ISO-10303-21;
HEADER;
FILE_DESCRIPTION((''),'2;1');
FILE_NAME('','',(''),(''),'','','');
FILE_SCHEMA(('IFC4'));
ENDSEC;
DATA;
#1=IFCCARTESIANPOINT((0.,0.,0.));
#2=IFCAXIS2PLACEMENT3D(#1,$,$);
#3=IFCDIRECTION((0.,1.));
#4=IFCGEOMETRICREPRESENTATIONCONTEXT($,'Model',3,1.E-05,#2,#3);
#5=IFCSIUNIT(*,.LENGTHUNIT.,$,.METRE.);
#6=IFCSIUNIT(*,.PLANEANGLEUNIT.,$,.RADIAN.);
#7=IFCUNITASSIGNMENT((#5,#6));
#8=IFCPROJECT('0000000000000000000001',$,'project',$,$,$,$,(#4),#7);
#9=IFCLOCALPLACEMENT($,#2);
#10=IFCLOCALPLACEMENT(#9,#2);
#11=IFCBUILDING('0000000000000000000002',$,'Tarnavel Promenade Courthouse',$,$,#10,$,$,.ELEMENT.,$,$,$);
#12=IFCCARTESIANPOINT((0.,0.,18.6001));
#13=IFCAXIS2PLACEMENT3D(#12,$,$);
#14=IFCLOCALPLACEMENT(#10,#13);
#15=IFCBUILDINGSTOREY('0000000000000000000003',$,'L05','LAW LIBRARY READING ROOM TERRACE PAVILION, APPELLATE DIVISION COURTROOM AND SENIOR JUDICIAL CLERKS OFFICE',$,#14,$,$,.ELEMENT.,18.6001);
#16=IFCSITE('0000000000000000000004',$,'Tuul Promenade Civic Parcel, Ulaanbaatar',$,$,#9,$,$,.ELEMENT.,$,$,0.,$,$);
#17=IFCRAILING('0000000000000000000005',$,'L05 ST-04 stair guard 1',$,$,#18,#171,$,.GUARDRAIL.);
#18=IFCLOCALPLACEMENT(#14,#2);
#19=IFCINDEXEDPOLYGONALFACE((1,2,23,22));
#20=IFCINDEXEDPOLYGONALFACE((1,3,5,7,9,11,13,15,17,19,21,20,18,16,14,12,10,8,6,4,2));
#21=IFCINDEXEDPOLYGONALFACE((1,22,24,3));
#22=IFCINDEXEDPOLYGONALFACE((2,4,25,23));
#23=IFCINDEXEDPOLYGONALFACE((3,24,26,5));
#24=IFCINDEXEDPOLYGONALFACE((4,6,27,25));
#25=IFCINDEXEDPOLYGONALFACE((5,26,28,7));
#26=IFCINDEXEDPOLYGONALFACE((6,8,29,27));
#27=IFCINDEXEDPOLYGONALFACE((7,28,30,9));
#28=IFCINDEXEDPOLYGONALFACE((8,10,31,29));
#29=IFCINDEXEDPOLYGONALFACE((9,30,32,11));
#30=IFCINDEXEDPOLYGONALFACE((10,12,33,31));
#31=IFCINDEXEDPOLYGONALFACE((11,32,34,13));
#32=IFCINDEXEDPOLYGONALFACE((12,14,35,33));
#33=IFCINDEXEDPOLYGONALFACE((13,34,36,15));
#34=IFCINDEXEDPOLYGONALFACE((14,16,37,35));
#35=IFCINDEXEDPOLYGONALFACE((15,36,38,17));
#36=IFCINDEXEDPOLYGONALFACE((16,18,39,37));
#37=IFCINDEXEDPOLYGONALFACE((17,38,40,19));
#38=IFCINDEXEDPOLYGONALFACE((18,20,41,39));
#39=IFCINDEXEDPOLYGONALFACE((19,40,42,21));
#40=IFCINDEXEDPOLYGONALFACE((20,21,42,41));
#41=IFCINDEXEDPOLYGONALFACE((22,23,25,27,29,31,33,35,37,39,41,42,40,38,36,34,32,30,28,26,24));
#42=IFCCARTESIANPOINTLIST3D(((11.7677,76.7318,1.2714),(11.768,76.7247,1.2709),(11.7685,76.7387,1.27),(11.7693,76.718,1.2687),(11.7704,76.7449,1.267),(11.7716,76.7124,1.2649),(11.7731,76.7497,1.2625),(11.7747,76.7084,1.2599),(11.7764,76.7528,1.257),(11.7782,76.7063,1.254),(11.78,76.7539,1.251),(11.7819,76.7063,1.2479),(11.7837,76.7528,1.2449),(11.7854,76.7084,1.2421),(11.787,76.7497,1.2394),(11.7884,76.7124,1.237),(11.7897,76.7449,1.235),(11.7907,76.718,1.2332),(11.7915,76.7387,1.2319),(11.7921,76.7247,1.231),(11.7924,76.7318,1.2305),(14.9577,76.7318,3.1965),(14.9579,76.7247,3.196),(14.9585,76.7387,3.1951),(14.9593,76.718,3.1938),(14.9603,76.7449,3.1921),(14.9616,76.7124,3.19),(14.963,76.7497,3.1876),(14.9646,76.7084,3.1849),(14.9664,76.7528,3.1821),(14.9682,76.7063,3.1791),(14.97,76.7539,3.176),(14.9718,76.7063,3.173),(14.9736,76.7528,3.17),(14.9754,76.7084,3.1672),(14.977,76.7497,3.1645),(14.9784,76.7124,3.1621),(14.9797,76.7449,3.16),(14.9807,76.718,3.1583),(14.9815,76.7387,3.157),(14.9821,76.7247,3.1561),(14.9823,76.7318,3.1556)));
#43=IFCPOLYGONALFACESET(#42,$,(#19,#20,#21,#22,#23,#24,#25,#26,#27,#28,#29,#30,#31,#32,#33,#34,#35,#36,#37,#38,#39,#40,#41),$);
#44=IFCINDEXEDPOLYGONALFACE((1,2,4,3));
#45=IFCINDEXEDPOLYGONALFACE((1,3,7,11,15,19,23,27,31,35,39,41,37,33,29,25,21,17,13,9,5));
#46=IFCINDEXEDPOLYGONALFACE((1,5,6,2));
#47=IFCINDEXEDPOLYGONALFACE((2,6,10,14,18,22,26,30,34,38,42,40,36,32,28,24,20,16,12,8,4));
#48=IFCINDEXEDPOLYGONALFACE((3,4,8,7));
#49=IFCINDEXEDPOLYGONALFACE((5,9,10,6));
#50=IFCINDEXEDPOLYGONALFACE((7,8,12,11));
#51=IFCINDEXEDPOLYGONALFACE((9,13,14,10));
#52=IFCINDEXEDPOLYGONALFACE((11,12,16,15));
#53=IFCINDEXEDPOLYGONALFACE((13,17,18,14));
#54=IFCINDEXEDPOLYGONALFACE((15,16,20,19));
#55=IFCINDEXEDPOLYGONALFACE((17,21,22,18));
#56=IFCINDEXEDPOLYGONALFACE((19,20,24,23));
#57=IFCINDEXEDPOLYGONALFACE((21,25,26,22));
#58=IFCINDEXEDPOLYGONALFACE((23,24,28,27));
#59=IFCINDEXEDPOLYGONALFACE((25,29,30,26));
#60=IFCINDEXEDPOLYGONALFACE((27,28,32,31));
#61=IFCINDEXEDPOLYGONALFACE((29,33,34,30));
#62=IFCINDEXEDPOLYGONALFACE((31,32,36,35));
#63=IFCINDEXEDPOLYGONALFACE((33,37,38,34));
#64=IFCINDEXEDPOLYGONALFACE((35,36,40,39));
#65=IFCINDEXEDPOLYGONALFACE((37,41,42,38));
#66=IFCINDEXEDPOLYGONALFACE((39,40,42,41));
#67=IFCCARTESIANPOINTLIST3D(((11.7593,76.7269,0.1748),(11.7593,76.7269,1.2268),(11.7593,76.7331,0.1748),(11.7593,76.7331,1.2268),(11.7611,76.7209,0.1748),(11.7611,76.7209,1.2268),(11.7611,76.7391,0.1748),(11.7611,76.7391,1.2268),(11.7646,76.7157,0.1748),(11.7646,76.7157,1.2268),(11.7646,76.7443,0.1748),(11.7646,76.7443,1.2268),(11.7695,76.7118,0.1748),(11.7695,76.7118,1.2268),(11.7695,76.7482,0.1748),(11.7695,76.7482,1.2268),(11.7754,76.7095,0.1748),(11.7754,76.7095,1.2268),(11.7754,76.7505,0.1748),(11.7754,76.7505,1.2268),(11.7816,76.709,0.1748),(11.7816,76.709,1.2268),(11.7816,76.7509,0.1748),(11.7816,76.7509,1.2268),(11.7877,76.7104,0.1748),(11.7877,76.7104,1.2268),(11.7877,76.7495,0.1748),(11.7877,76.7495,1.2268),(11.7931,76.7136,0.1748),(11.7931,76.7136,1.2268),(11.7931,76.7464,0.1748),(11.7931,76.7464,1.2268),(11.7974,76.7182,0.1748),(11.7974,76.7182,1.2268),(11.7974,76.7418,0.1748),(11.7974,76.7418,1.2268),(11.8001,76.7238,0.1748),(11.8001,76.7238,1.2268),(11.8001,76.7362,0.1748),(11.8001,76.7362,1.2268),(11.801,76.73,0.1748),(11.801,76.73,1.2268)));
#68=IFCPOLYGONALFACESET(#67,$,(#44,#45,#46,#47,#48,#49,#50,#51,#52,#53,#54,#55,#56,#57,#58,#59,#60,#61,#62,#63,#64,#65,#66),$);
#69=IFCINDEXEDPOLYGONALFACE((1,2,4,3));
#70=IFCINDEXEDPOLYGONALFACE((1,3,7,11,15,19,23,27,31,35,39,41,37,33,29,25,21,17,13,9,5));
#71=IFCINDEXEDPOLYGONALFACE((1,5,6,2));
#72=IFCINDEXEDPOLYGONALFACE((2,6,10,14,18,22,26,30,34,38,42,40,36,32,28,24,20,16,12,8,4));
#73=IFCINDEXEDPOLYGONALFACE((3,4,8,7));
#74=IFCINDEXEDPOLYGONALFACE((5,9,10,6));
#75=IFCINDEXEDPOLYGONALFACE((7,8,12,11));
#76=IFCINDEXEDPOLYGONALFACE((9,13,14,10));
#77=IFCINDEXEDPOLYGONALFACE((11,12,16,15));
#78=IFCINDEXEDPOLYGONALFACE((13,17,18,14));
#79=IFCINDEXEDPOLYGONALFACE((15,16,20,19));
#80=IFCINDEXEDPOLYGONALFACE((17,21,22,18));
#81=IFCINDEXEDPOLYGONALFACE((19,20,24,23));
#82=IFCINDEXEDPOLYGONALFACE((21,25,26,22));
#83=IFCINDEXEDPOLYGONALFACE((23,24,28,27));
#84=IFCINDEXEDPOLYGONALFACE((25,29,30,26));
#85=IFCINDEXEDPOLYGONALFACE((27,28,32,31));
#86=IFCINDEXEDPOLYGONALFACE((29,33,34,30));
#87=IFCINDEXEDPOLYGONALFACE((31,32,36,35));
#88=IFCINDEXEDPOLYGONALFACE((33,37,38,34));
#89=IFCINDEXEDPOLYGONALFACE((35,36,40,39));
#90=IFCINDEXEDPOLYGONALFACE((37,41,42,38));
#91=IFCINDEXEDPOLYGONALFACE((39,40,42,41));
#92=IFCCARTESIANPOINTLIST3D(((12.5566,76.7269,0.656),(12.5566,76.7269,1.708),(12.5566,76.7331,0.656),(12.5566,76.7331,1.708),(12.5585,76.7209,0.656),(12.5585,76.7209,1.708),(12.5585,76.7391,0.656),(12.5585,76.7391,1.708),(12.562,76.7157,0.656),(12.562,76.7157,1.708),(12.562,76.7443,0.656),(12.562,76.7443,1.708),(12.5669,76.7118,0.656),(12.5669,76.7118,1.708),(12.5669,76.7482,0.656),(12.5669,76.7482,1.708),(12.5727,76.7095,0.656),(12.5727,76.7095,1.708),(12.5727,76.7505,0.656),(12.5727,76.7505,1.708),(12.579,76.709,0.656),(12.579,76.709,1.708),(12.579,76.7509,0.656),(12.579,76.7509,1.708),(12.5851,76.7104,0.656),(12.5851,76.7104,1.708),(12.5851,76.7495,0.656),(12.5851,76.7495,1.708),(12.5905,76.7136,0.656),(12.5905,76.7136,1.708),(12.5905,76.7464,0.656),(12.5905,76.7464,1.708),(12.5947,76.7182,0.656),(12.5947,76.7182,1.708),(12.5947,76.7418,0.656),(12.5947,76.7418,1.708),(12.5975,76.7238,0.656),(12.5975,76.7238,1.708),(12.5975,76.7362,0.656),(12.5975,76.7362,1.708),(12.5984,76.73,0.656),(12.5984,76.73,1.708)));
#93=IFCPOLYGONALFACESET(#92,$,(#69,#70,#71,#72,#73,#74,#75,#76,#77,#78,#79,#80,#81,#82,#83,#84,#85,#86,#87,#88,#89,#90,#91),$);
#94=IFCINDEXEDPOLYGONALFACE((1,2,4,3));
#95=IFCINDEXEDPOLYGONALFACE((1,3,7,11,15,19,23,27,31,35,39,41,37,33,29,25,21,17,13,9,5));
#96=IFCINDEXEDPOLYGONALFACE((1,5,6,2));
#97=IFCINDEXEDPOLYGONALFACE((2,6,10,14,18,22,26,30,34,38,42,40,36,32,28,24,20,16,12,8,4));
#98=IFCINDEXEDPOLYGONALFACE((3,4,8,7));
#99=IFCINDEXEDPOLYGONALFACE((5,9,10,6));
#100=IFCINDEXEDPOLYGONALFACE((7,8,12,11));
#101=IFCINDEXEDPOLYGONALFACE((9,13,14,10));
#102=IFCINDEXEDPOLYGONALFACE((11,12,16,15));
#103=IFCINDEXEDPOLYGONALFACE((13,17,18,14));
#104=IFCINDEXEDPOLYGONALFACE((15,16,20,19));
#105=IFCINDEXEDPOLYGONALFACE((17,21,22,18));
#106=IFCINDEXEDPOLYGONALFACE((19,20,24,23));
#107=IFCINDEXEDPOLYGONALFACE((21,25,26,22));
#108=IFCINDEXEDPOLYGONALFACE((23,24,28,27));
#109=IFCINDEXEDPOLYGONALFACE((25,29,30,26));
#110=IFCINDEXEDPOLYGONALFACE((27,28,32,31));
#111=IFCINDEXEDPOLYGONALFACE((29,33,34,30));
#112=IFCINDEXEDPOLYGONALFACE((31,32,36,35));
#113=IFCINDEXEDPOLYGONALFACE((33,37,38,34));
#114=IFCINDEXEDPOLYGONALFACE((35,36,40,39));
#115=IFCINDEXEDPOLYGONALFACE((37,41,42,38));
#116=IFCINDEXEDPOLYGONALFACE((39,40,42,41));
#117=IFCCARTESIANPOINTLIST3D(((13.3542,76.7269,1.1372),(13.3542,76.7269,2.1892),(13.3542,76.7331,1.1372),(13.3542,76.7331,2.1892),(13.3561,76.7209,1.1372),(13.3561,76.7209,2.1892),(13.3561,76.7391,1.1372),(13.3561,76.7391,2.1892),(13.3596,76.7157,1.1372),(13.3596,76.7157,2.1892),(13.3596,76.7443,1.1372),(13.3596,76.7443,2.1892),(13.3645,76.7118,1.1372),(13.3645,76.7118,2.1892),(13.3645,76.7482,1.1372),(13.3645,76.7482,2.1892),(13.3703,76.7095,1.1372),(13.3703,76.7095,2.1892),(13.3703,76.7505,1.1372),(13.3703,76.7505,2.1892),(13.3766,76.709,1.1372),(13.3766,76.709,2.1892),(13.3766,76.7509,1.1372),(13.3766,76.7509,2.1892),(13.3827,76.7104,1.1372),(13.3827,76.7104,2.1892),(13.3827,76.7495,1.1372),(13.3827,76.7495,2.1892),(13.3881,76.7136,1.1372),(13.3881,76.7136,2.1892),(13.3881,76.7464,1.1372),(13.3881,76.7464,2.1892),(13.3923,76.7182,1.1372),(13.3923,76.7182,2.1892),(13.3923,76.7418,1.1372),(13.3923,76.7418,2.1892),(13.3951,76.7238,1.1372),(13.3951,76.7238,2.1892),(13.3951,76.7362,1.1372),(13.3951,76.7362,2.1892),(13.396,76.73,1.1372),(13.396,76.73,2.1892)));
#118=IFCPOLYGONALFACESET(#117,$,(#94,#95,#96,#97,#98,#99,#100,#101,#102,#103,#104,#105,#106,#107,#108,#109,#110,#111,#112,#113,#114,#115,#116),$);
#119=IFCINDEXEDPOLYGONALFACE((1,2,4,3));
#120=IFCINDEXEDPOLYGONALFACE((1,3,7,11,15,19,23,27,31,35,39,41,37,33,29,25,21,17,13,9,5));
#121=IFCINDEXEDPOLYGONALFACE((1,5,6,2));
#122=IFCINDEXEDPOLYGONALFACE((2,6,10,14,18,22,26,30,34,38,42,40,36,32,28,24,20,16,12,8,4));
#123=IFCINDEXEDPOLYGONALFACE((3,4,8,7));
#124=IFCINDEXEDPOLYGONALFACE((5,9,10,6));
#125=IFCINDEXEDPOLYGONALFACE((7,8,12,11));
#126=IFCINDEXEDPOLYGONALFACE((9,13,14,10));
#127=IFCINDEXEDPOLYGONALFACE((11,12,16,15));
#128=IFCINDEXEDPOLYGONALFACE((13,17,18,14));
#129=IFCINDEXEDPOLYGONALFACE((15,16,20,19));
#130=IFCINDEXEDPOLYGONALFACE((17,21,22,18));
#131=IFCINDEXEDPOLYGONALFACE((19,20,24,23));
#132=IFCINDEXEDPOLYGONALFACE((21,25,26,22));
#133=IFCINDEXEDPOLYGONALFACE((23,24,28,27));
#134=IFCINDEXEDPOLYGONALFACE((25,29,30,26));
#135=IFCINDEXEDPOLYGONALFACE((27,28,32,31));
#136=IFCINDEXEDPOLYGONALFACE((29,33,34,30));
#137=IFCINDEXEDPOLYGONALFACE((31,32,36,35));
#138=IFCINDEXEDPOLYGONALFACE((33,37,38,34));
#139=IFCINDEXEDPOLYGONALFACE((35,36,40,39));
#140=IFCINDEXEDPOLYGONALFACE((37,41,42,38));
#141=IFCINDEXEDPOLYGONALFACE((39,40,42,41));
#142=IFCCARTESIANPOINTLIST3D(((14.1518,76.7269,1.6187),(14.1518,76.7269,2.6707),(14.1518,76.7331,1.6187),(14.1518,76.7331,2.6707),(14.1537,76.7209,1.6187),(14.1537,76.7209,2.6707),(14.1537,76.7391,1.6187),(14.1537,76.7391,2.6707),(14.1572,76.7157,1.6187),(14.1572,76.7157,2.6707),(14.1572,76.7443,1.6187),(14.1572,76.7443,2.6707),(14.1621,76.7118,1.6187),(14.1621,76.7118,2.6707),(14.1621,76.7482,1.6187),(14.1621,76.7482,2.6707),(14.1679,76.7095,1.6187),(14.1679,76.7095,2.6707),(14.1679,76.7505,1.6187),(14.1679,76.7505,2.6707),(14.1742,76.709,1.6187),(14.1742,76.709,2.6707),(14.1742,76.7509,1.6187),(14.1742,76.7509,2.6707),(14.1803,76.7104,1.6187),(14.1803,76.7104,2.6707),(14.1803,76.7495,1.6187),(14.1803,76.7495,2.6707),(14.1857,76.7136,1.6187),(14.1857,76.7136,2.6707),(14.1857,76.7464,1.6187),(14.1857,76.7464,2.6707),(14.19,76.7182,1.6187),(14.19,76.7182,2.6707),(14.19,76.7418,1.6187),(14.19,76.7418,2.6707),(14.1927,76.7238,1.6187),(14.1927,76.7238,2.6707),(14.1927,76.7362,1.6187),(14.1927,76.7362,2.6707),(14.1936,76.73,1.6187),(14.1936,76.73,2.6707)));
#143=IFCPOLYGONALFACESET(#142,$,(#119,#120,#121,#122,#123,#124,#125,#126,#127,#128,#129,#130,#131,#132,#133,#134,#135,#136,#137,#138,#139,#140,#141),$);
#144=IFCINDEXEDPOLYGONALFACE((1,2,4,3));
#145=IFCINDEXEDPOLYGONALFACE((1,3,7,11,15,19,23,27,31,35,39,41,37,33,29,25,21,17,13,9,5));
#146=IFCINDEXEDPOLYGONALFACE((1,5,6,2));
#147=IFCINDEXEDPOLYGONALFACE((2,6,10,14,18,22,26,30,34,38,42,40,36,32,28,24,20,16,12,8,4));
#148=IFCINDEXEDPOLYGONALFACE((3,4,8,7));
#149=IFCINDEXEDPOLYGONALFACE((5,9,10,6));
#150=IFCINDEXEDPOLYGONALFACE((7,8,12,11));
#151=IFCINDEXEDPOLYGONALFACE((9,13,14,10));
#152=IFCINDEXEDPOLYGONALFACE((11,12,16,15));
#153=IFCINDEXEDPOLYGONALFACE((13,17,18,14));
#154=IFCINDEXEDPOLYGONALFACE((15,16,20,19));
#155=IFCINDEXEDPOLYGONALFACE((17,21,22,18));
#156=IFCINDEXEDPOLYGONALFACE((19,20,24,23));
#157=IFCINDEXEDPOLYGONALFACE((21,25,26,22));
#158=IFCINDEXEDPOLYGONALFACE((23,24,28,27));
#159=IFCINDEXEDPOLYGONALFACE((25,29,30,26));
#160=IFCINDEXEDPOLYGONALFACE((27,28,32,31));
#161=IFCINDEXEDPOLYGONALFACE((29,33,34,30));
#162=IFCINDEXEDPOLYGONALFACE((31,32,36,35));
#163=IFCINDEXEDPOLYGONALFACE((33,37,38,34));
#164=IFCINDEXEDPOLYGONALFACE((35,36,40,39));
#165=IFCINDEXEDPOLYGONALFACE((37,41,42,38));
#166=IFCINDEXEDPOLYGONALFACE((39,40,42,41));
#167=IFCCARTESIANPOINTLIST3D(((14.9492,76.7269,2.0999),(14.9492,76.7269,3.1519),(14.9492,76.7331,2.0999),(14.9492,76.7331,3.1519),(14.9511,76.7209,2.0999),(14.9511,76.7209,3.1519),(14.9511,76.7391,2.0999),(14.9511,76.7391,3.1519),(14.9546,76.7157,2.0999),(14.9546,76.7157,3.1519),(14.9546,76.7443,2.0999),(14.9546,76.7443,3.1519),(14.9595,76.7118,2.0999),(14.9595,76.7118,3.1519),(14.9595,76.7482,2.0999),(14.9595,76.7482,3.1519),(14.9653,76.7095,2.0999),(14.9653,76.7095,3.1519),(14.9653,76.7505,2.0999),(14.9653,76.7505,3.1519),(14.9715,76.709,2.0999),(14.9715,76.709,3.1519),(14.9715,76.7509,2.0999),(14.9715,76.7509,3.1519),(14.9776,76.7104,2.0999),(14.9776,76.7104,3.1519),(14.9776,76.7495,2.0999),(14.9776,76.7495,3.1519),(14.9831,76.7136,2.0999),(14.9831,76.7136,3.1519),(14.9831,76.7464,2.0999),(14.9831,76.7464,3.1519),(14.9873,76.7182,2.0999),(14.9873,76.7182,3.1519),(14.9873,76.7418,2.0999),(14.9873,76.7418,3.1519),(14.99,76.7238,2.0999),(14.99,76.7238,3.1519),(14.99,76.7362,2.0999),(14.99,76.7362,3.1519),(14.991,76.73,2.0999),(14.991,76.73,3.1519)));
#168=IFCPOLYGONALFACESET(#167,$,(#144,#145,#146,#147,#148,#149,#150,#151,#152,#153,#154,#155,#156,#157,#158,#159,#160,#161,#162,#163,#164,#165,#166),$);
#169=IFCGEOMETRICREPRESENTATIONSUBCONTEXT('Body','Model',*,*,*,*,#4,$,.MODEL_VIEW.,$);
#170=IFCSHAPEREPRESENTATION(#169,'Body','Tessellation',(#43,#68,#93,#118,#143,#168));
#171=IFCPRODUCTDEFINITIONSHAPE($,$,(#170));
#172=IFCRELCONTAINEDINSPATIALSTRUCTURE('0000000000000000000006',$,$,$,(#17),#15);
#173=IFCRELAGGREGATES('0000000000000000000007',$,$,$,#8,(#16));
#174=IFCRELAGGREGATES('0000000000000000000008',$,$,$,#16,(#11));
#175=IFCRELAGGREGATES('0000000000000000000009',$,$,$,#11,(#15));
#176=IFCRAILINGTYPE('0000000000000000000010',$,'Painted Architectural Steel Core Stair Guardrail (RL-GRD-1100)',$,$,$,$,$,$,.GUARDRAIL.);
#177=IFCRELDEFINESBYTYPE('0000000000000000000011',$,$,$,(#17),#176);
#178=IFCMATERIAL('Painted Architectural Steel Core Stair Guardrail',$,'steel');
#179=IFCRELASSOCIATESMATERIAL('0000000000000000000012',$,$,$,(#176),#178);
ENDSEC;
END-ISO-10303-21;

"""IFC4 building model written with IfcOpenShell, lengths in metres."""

from ifc_helpers import new_model, si_unit, direction, frame, origin, origin_2d, place, context, subcontext, project, spatial, circle, extrude, material, type_object, element, save


model = new_model("IFC4")

# Units and contexts
model_context = context("Model", 3, precision=1e-05, world=origin(), true_north=direction((0.0, 1.0)))
body_context = subcontext(model_context, "Body", "Model", "MODEL_VIEW")
ifc_project = project(units=[si_unit("LENGTHUNIT", "METRE"), si_unit("PLANEANGLEUNIT", "RADIAN")], contexts=[model_context])

# Site, building, storey
site_placement = place(None, origin())
site = spatial("IfcSite", under=ifc_project, at=site_placement, Name="Tuul Promenade Civic Parcel, Ulaanbaatar", CompositionType="ELEMENT", RefElevation=0.0)
building_placement = place(site_placement, origin())
building = spatial("IfcBuilding", under=site, at=building_placement, Name="Tarnavel Promenade Courthouse", CompositionType="ELEMENT")
storey_placement = place(building_placement, frame((0.0, 0.0, 18.6001)))
storey = spatial("IfcBuildingStorey", under=building, at=storey_placement, Name="L05", Description="LAW LIBRARY READING ROOM TERRACE PAVILION, APPELLATE DIVISION COURTROOM AND SENIOR JUDICIAL CLERKS OFFICE", CompositionType="ELEMENT", Elevation=18.6001)

# Railing
ifc_material_1 = material(Name="Painted Architectural Steel Core Stair Guardrail", Category="steel")
railing_type_1 = type_object("IfcRailingType", Name="Painted Architectural Steel Core Stair Guardrail (RL-GRD-1100)", PredefinedType="GUARDRAIL", material=ifc_material_1)
railing_1_placement = place(storey_placement, frame((11.78, 76.73, 0.1748)))
element("IfcRailing", 1, at=railing_1_placement, inside=storey, type_object=railing_type_1, Name="L05 ST-04 stair guard 1", PredefinedType="GUARDRAIL", context=body_context, shape_type="SweptSolid", body=[
    extrude(circle(Radius=0.0239, at=origin_2d()), frame((0.0, 0.0, 1.0762), z_axis=(0.856178, 0.0, 0.516682), x_axis=(0.0, 1.0, 0.0)), (0.0, 0.0, 1.0), 3.7258),
    extrude(circle(Radius=0.021, at=origin_2d()), origin(), (0.0, 0.0, 1.0), 1.052),
    extrude(circle(Radius=0.021, at=origin_2d()), frame((0.7974, 0.0, 0.4812)), (0.0, 0.0, 1.0), 1.052),
    extrude(circle(Radius=0.021, at=origin_2d()), frame((1.595, 0.0, 0.9624)), (0.0, 0.0, 1.0), 1.052),
    extrude(circle(Radius=0.021, at=origin_2d()), frame((2.3926, 0.0, 1.4438)), (0.0, 0.0, 1.0), 1.052),
    extrude(circle(Radius=0.021, at=origin_2d()), frame((3.1899, 0.0, 1.925)), (0.0, 0.0, 1.0), 1.052),
])

save(model, "model.ifc")
